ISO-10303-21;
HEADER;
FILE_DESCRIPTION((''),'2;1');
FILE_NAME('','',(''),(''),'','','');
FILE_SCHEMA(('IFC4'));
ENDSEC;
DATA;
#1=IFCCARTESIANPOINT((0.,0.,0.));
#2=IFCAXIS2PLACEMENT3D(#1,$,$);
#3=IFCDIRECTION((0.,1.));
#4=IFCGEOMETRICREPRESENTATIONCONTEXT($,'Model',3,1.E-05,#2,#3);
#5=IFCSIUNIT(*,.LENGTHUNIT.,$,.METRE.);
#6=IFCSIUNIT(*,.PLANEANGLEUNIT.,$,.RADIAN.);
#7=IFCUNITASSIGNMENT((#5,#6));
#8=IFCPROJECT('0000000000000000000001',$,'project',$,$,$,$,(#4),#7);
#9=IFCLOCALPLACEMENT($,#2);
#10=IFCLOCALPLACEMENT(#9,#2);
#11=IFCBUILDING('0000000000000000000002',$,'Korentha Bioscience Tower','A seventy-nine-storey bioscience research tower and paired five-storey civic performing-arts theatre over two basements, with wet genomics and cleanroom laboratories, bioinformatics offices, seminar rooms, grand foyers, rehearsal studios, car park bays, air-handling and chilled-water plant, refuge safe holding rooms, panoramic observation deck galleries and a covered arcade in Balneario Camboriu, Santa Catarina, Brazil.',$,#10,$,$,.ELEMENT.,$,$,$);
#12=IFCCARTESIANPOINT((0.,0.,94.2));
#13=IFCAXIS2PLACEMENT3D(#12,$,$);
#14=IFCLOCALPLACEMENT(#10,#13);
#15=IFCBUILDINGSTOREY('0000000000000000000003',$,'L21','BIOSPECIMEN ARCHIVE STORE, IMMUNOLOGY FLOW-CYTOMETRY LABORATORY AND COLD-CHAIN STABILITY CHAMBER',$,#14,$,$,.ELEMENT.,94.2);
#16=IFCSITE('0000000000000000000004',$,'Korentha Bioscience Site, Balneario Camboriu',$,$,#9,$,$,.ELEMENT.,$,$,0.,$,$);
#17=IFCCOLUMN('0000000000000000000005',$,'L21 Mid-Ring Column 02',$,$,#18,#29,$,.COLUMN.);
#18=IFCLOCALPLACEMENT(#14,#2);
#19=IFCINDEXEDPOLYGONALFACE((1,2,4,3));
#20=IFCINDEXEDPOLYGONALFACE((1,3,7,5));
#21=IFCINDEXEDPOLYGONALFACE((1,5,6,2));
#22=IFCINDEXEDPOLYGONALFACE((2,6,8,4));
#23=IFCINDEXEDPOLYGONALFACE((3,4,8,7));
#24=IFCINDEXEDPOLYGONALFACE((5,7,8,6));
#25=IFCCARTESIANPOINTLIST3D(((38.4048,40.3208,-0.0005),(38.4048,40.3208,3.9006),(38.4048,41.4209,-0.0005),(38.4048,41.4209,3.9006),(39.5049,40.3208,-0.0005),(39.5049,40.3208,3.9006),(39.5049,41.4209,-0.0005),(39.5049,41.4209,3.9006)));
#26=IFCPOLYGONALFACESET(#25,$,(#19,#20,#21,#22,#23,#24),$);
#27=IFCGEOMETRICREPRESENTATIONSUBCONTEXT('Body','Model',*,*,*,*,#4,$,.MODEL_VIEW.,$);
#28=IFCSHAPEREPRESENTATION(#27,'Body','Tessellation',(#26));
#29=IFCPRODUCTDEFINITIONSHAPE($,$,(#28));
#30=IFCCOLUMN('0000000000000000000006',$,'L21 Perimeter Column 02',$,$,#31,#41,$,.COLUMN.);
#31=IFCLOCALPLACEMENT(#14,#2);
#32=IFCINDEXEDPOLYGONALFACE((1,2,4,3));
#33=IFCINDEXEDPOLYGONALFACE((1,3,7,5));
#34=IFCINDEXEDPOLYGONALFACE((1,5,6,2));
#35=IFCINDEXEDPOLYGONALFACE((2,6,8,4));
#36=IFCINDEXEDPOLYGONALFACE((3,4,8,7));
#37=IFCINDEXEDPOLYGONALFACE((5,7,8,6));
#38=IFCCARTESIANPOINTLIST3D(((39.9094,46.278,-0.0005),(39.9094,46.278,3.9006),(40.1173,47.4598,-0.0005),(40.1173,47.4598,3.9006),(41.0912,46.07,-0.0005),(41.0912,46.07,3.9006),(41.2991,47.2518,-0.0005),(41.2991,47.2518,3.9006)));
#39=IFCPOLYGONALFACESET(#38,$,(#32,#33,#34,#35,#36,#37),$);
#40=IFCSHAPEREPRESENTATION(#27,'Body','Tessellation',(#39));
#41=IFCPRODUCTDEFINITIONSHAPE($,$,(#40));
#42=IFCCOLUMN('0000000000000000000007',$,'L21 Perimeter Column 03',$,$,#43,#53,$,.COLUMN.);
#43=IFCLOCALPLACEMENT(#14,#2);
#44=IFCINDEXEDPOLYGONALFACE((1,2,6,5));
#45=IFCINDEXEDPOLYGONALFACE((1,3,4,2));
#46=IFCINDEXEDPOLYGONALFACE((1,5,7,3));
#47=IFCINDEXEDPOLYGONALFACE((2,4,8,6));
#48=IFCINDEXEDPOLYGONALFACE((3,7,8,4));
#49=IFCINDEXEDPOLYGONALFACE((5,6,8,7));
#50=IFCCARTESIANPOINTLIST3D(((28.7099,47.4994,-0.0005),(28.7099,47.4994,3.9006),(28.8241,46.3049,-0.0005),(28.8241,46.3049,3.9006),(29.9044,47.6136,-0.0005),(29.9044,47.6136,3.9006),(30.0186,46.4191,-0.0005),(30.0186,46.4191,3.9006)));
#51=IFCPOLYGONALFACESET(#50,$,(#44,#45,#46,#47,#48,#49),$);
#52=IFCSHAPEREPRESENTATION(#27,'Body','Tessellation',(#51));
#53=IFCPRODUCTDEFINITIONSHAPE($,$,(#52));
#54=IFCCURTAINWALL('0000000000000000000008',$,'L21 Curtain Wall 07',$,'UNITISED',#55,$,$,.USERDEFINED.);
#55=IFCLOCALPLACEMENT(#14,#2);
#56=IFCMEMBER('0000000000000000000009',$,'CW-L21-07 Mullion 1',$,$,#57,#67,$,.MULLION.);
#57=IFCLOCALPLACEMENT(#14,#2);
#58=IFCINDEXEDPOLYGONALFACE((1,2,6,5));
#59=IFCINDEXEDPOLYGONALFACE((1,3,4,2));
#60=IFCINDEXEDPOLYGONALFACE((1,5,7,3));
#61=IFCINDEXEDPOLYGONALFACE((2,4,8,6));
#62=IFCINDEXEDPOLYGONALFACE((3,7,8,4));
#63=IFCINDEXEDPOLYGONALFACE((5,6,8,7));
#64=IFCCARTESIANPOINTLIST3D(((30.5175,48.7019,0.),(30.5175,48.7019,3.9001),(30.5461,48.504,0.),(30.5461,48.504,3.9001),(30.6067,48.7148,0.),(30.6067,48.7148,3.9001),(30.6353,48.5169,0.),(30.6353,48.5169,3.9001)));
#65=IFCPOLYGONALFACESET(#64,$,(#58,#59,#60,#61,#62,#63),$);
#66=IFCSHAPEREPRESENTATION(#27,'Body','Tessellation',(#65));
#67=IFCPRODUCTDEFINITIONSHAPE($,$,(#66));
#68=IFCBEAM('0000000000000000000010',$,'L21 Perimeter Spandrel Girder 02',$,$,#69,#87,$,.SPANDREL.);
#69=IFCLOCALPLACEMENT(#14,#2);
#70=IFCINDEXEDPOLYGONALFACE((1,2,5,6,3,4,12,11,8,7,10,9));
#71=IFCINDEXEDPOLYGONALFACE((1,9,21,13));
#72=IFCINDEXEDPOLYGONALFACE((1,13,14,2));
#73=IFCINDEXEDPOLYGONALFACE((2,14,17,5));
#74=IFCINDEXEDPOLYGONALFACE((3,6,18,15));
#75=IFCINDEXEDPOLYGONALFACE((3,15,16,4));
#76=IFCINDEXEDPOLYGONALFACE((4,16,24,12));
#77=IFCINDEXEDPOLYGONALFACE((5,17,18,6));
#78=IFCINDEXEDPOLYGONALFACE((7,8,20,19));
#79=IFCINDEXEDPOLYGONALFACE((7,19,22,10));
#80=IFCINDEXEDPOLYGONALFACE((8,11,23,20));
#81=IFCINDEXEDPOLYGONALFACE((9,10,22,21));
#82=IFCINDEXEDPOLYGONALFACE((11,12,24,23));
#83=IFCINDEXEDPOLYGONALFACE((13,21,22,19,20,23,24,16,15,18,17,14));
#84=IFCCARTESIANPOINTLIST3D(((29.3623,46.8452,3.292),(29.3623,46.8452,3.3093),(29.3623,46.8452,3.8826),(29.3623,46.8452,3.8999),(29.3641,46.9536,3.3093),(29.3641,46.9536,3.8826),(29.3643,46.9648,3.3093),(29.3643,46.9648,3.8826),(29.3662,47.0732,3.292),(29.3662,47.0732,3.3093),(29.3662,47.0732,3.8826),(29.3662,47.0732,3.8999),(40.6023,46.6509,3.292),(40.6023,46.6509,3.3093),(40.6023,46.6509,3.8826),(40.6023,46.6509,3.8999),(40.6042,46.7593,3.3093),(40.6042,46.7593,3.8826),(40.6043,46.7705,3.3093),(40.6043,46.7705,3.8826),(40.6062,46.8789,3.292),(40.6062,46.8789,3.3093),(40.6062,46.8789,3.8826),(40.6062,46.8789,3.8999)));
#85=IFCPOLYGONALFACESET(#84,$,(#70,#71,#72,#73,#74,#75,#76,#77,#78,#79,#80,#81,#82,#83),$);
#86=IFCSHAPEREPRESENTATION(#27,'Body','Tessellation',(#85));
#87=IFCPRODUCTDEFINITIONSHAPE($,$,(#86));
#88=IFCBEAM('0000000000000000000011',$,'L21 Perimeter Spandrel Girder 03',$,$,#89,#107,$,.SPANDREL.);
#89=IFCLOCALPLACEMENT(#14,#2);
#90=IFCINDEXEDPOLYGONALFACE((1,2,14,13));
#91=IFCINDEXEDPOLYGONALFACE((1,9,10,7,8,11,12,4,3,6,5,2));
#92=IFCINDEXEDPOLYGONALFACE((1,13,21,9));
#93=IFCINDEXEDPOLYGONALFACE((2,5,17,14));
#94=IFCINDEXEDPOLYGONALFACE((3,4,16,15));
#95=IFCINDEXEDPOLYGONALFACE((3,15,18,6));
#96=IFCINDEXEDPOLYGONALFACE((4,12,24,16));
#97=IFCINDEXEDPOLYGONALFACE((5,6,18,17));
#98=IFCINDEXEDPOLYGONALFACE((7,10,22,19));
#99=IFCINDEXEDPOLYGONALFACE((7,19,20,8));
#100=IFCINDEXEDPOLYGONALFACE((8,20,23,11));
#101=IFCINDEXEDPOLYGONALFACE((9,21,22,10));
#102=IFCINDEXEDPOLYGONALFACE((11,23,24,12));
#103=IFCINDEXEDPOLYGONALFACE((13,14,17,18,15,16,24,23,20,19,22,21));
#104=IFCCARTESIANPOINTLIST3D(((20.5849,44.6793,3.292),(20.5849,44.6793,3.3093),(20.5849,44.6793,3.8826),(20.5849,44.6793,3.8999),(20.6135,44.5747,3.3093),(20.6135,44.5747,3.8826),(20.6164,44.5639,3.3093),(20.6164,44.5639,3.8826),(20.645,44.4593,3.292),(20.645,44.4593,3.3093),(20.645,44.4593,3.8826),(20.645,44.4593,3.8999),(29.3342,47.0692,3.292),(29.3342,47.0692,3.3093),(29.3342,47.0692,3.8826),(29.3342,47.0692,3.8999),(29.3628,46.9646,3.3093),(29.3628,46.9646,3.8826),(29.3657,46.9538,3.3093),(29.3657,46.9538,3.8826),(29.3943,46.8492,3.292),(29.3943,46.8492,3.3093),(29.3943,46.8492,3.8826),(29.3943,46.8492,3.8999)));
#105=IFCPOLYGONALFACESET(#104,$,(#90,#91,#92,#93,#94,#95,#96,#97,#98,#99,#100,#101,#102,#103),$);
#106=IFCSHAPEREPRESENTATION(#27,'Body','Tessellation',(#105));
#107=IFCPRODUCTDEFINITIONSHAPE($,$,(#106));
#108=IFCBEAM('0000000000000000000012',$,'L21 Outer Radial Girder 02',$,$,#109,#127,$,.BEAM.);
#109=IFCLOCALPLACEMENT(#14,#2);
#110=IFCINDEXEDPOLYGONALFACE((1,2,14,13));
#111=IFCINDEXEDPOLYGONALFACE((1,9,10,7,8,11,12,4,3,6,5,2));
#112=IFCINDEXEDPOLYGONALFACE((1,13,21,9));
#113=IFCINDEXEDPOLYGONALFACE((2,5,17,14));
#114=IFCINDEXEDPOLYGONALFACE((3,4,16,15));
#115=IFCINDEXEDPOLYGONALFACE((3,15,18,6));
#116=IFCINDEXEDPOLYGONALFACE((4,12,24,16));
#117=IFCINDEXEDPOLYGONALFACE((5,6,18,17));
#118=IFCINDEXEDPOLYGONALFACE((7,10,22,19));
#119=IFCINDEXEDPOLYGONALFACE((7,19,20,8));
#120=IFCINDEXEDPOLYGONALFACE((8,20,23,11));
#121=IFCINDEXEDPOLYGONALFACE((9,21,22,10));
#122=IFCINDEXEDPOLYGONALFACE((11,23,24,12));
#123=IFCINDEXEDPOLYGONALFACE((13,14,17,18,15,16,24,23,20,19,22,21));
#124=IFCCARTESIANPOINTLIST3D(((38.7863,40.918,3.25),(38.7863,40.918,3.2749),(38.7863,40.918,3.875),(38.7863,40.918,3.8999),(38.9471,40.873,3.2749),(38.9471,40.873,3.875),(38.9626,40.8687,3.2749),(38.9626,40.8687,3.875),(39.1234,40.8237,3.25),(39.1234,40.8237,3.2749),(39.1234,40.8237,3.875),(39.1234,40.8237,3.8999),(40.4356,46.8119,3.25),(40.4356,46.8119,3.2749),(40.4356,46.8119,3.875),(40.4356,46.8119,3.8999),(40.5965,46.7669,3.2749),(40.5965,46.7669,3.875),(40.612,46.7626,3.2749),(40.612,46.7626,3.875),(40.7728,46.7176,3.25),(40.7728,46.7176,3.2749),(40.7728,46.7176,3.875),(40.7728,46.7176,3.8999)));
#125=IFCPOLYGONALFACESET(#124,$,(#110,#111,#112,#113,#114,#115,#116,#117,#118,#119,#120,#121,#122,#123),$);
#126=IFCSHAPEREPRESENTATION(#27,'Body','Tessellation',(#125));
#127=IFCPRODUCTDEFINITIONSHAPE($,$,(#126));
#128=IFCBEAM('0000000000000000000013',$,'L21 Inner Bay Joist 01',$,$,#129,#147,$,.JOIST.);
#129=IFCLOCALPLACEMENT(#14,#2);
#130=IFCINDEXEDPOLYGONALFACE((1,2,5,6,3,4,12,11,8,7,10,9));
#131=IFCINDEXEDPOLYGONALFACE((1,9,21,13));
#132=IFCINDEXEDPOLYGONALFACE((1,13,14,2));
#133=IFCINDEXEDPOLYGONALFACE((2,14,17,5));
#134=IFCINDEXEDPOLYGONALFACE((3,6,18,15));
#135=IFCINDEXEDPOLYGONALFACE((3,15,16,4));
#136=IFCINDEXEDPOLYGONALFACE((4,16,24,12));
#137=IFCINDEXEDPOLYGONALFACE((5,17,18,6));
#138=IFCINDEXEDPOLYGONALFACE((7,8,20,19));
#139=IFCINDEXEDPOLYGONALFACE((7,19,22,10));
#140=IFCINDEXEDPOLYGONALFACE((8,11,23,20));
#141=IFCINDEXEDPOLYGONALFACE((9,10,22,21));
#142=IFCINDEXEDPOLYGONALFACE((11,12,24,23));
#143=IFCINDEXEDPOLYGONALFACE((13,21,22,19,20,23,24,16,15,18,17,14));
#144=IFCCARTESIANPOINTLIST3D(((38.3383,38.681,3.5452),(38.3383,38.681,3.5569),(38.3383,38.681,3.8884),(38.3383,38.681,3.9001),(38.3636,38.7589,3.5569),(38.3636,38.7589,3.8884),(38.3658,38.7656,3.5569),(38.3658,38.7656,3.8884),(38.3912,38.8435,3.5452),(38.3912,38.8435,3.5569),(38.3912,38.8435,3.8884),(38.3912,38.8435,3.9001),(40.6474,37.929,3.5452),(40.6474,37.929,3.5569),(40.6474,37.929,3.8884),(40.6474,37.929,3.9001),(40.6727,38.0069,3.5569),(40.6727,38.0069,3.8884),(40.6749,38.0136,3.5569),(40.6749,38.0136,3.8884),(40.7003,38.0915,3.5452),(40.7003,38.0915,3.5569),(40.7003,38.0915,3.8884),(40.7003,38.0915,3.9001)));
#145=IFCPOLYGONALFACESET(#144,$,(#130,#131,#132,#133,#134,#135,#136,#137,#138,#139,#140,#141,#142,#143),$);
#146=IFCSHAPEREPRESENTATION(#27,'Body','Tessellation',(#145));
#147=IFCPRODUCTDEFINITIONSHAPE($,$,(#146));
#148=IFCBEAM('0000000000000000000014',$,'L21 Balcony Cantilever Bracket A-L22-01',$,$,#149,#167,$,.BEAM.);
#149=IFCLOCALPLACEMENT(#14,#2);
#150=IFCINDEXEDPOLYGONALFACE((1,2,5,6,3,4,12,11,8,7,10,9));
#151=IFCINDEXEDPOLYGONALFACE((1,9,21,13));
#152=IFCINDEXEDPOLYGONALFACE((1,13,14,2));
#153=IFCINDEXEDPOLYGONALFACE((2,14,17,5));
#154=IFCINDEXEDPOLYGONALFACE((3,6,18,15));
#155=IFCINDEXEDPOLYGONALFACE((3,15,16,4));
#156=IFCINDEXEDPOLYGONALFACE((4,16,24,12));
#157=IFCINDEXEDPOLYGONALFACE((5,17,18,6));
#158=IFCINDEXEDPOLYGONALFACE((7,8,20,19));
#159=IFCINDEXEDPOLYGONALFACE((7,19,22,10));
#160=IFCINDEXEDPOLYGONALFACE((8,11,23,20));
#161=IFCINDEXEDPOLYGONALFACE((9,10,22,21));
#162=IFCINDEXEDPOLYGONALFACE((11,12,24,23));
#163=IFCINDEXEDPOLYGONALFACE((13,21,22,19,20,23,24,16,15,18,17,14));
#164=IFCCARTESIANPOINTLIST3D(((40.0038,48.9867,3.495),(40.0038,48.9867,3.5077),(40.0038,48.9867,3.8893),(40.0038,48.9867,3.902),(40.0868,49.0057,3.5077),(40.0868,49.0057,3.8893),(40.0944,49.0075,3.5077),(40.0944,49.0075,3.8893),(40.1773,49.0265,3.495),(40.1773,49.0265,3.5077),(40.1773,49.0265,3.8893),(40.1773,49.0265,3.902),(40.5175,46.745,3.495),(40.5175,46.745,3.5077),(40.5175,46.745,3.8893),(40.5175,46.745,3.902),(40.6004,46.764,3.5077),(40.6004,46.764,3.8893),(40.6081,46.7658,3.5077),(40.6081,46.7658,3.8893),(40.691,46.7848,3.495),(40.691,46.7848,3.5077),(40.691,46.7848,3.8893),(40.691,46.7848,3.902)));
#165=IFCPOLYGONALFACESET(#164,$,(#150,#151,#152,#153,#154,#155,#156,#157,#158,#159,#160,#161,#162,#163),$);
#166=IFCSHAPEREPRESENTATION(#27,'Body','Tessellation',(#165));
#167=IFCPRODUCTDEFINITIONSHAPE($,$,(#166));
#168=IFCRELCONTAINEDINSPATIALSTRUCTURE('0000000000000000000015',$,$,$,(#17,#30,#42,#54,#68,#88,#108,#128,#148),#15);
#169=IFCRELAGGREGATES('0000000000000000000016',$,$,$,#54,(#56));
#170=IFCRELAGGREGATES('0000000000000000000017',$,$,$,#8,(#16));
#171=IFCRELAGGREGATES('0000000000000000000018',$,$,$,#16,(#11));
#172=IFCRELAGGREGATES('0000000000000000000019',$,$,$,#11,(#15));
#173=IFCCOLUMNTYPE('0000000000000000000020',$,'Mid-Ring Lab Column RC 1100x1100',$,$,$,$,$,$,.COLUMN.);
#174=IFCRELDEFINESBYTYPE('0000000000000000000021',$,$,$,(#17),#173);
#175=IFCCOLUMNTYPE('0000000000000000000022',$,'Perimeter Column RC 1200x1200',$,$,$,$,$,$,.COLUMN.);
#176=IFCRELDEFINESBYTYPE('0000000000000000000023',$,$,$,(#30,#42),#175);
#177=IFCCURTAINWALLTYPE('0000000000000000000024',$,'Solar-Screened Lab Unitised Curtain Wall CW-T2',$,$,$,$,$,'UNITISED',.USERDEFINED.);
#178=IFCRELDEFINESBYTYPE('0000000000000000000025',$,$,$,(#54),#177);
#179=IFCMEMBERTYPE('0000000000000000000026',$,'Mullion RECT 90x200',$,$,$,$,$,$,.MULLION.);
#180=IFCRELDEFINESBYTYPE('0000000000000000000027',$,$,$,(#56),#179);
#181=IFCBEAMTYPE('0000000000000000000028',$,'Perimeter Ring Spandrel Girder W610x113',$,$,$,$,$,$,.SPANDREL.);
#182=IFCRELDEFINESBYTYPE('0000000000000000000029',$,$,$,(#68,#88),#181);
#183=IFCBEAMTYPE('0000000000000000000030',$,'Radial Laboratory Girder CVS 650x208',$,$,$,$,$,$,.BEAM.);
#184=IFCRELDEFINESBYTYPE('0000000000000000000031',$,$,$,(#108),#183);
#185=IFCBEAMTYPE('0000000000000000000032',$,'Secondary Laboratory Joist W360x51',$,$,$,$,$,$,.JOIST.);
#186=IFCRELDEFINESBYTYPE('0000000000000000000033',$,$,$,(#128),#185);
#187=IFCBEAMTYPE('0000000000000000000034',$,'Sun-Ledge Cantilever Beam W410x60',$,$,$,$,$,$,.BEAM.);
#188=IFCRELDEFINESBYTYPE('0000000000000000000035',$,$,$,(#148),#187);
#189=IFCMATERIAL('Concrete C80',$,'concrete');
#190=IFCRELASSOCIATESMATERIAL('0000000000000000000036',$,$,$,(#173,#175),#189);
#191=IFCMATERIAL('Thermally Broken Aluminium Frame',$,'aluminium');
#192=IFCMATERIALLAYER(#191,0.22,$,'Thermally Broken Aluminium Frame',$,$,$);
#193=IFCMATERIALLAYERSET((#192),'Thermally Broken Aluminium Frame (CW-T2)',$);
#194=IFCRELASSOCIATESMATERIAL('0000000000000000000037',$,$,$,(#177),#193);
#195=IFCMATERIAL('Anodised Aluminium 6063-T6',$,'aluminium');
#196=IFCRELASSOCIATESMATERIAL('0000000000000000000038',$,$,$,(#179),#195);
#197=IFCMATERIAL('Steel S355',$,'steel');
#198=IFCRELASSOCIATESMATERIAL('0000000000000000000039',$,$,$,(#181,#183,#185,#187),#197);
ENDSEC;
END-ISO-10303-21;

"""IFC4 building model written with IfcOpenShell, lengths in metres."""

from ifc_helpers import new_model, si_unit, direction, frame, origin, origin_2d, place, context, subcontext, project, spatial, rectangle, i_section, extrude, material, layer, layer_set, material_profile, profile_set, type_object, element, aggregate, save


model = new_model("IFC4")

# Units and contexts
model_context = context("Model", 3, precision=1e-05, world=origin(), true_north=direction((0.0, 1.0)))
body_context = subcontext(model_context, "Body", "Model", "MODEL_VIEW")
ifc_project = project(units=[si_unit("LENGTHUNIT", "METRE"), si_unit("PLANEANGLEUNIT", "RADIAN")], contexts=[model_context])

# Site, building, storey
site_placement = place(None, origin())
site = spatial("IfcSite", under=ifc_project, at=site_placement, Name="Korentha Bioscience Site, Balneario Camboriu", CompositionType="ELEMENT", RefElevation=0.0)
building_placement = place(site_placement, origin())
building = spatial("IfcBuilding", under=site, at=building_placement, Name="Korentha Bioscience Tower", Description="A seventy-nine-storey bioscience research tower and paired five-storey civic performing-arts theatre over two basements, with wet genomics and cleanroom laboratories, bioinformatics offices, seminar rooms, grand foyers, rehearsal studios, car park bays, air-handling and chilled-water plant, refuge safe holding rooms, panoramic observation deck galleries and a covered arcade in Balneario Camboriu, Santa Catarina, Brazil.", CompositionType="ELEMENT")
storey_placement = place(building_placement, frame((0.0, 0.0, 94.2)))
storey = spatial("IfcBuildingStorey", under=building, at=storey_placement, Name="L21", Description="BIOSPECIMEN ARCHIVE STORE, IMMUNOLOGY FLOW-CYTOMETRY LABORATORY AND COLD-CHAIN STABILITY CHAMBER", CompositionType="ELEMENT", Elevation=94.2)

# Columns
ifc_material_1 = material(Name="Concrete C80", Category="concrete")
ifc_material_profile_1 = material_profile(ifc_material_1, rectangle(XDim=1.1001, YDim=1.1001, at=origin_2d()), Name="Concrete C80")
ifc_profile_set_1 = profile_set([ifc_material_profile_1], Name="Concrete C80 (COL-MR11)")
column_type_1 = type_object("IfcColumnType", Name="Mid-Ring Lab Column RC 1100x1100", PredefinedType="COLUMN", material=ifc_profile_set_1)
column_placement = place(storey_placement, frame((38.9548, 40.8708, -0.0005), z_axis=(0.0, 0.0, 1.0), x_axis=(1.0, 0.0, 0.0)))
element("IfcColumn", 1, at=column_placement, inside=storey, type_object=column_type_1, Name="L21 Mid-Ring Column 02", PredefinedType="COLUMN", context=body_context, shape_type="SweptSolid", body=[
    extrude(rectangle(XDim=1.1001, YDim=1.1001, at=origin_2d()), origin(), (0.0, 0.0, 1.0), 3.9011),
])
ifc_material_profile_2 = material_profile(ifc_material_1, rectangle(XDim=1.2, YDim=1.2, at=origin_2d()), Name="Concrete C80")
ifc_profile_set_2 = profile_set([ifc_material_profile_2], Name="Concrete C80 (COL-P12)")
column_type_2 = type_object("IfcColumnType", Name="Perimeter Column RC 1200x1200", PredefinedType="COLUMN", material=ifc_profile_set_2)
for number, where, z_axis, x_axis, name in (
    (2, (40.6042, 46.7649, -0.0005), (0.0, 0.0, 1.0), (-0.984868, 0.173304, 0.0), "L21 Perimeter Column 02"),
    (3, (29.3643, 46.9592, -0.0005), (0.0, 0.0, 1.0), (0.995463, 0.095151, 0.0), "L21 Perimeter Column 03"),
):
    element("IfcColumn", number, at=place(storey_placement, frame(where, z_axis=z_axis, x_axis=x_axis)), inside=storey, type_object=column_type_2, Name=name, PredefinedType="COLUMN", context=body_context, shape_type="SweptSolid", body=[
        extrude(rectangle(XDim=1.2, YDim=1.2, at=origin_2d()), origin(), (0.0, 0.0, 1.0), 3.9011),
    ])

# Curtain wall, member
ifc_material_2 = material(Name="Thermally Broken Aluminium Frame", Category="aluminium")
ifc_layer_1 = layer(ifc_material_2, 0.22, Name="Thermally Broken Aluminium Frame")
ifc_layer_set_1 = layer_set([ifc_layer_1], Name="Thermally Broken Aluminium Frame (CW-T2)")
curtain_wall_type = type_object("IfcCurtainWallType", Name="Solar-Screened Lab Unitised Curtain Wall CW-T2", ElementType="UNITISED", PredefinedType="USERDEFINED", material=ifc_layer_set_1)
curtain_wall_placement = place(storey_placement, origin())
curtain_wall = element("IfcCurtainWall", 4, at=curtain_wall_placement, inside=storey, type_object=curtain_wall_type, Name="L21 Curtain Wall 07", ObjectType="UNITISED", PredefinedType="USERDEFINED")
ifc_material_3 = material(Name="Anodised Aluminium 6063-T6", Category="aluminium")
ifc_material_profile_3 = material_profile(ifc_material_3, rectangle(XDim=0.0901, YDim=0.2, at=origin_2d()), Name="Anodised Aluminium 6063-T6")
ifc_profile_set_3 = profile_set([ifc_material_profile_3], Name="Anodised Aluminium 6063-T6 (CW-MUL)")
member_type_1 = type_object("IfcMemberType", Name="Mullion RECT 90x200", PredefinedType="MULLION", material=ifc_profile_set_3)
member_1_placement = place(storey_placement, frame((30.5764, 48.6094, 0.0), z_axis=(0.0, 0.0, 1.0), x_axis=(-0.989738, -0.142892, 0.0)))
member_1 = element("IfcMember", 5, at=member_1_placement, type_object=member_type_1, Name="CW-L21-07 Mullion 1", PredefinedType="MULLION", context=body_context, shape_type="SweptSolid", body=[
    extrude(rectangle(XDim=0.0901, YDim=0.2, at=origin_2d()), origin(), (0.0, 0.0, 1.0), 3.9001),
])

# Beams
ifc_material_4 = material(Name="Steel S355", Category="steel")
ifc_material_profile_4 = material_profile(ifc_material_4, i_section(OverallWidth=0.228, OverallDepth=0.6079, WebThickness=0.0112, FlangeThickness=0.0173, at=origin_2d()), Name="Steel S355")
ifc_profile_set_4 = profile_set([ifc_material_profile_4], Name="Steel S355 (SB-610)")
beam_type_1 = type_object("IfcBeamType", Name="Perimeter Ring Spandrel Girder W610x113", PredefinedType="SPANDREL", material=ifc_profile_set_4)
beam_1_placement = place(storey_placement, frame((40.6042, 46.7649, 3.5959), z_axis=(-0.999851, 0.017287, 0.0), x_axis=(-0.017287, -0.999851, 0.0)))
element("IfcBeam", 6, at=beam_1_placement, inside=storey, type_object=beam_type_1, Name="L21 Perimeter Spandrel Girder 02", PredefinedType="SPANDREL", context=body_context, shape_type="SweptSolid", body=[
    extrude(i_section(OverallWidth=0.228, OverallDepth=0.6079, WebThickness=0.0112, FlangeThickness=0.0173, at=origin_2d()), origin(), (0.0, 0.0, 1.0), 11.2417),
])
beam_2_placement = place(storey_placement, frame((29.3643, 46.9592, 3.5959), z_axis=(-0.964659, -0.2635, 0.0), x_axis=(0.2635, -0.964659, 0.0)))
element("IfcBeam", 7, at=beam_2_placement, inside=storey, type_object=beam_type_1, Name="L21 Perimeter Spandrel Girder 03", PredefinedType="SPANDREL", context=body_context, shape_type="SweptSolid", body=[
    extrude(i_section(OverallWidth=0.228, OverallDepth=0.6079, WebThickness=0.0112, FlangeThickness=0.0173, at=origin_2d()), origin(), (0.0, 0.0, 1.0), 9.0698),
])
ifc_material_profile_5 = material_profile(ifc_material_4, i_section(OverallWidth=0.3501, OverallDepth=0.6499, WebThickness=0.0161, FlangeThickness=0.0249, at=origin_2d()), Name="Steel S355")
ifc_profile_set_5 = profile_set([ifc_material_profile_5], Name="Steel S355 (RB-650)")
beam_type_2 = type_object("IfcBeamType", Name="Radial Laboratory Girder CVS 650x208", PredefinedType="BEAM", material=ifc_profile_set_5)
beam_3_placement = place(storey_placement, frame((38.9548, 40.8708, 3.575), z_axis=(0.269491, 0.963003, 0.0), x_axis=(-0.963003, 0.269491, 0.0)))
element("IfcBeam", 8, at=beam_3_placement, inside=storey, type_object=beam_type_2, Name="L21 Outer Radial Girder 02", PredefinedType="BEAM", context=body_context, shape_type="SweptSolid", body=[
    extrude(i_section(OverallWidth=0.3501, OverallDepth=0.6499, WebThickness=0.0161, FlangeThickness=0.0249, at=origin_2d()), origin(), (0.0, 0.0, 1.0), 6.1204),
])
ifc_material_profile_6 = material_profile(ifc_material_4, i_section(OverallWidth=0.1709, OverallDepth=0.355, WebThickness=0.0071, FlangeThickness=0.0117, at=origin_2d()), Name="Steel S355")
ifc_profile_set_6 = profile_set([ifc_material_profile_6], Name="Steel S355 (JB-360)")
beam_type_3 = type_object("IfcBeamType", Name="Secondary Laboratory Joist W360x51", PredefinedType="JOIST", material=ifc_profile_set_6)
beam_4_placement = place(storey_placement, frame((40.6738, 38.0103, 3.7227), z_axis=(-0.950852, 0.309645, 0.0), x_axis=(-0.309645, -0.950852, 0.0)))
element("IfcBeam", 9, at=beam_4_placement, inside=storey, type_object=beam_type_3, Name="L21 Inner Bay Joist 01", PredefinedType="JOIST", context=body_context, shape_type="SweptSolid", body=[
    extrude(i_section(OverallWidth=0.1709, OverallDepth=0.355, WebThickness=0.0071, FlangeThickness=0.0117, at=origin_2d()), origin(), (0.0, 0.0, 1.0), 2.4285),
])
ifc_material_profile_7 = material_profile(ifc_material_4, i_section(OverallWidth=0.178, OverallDepth=0.407, WebThickness=0.0078, FlangeThickness=0.0127, at=origin_2d()), Name="Steel S355")
ifc_profile_set_7 = profile_set([ifc_material_profile_7], Name="Steel S355 (CB-410)")
beam_type_4 = type_object("IfcBeamType", Name="Sun-Ledge Cantilever Beam W410x60", PredefinedType="BEAM", material=ifc_profile_set_7)
beam_5_placement = place(storey_placement, frame((40.6042, 46.7649, 3.6985), z_axis=(-0.223355, 0.974737, 0.0), x_axis=(-0.974737, -0.223355, 0.0)))
element("IfcBeam", 10, at=beam_5_placement, inside=storey, type_object=beam_type_4, Name="L21 Balcony Cantilever Bracket A-L22-01", PredefinedType="BEAM", context=body_context, shape_type="SweptSolid", body=[
    extrude(i_section(OverallWidth=0.178, OverallDepth=0.407, WebThickness=0.0078, FlangeThickness=0.0127, at=origin_2d()), origin(), (0.0, 0.0, 1.0), 2.2998),
])

aggregate(curtain_wall, [member_1])

save(model, "model.ifc")
